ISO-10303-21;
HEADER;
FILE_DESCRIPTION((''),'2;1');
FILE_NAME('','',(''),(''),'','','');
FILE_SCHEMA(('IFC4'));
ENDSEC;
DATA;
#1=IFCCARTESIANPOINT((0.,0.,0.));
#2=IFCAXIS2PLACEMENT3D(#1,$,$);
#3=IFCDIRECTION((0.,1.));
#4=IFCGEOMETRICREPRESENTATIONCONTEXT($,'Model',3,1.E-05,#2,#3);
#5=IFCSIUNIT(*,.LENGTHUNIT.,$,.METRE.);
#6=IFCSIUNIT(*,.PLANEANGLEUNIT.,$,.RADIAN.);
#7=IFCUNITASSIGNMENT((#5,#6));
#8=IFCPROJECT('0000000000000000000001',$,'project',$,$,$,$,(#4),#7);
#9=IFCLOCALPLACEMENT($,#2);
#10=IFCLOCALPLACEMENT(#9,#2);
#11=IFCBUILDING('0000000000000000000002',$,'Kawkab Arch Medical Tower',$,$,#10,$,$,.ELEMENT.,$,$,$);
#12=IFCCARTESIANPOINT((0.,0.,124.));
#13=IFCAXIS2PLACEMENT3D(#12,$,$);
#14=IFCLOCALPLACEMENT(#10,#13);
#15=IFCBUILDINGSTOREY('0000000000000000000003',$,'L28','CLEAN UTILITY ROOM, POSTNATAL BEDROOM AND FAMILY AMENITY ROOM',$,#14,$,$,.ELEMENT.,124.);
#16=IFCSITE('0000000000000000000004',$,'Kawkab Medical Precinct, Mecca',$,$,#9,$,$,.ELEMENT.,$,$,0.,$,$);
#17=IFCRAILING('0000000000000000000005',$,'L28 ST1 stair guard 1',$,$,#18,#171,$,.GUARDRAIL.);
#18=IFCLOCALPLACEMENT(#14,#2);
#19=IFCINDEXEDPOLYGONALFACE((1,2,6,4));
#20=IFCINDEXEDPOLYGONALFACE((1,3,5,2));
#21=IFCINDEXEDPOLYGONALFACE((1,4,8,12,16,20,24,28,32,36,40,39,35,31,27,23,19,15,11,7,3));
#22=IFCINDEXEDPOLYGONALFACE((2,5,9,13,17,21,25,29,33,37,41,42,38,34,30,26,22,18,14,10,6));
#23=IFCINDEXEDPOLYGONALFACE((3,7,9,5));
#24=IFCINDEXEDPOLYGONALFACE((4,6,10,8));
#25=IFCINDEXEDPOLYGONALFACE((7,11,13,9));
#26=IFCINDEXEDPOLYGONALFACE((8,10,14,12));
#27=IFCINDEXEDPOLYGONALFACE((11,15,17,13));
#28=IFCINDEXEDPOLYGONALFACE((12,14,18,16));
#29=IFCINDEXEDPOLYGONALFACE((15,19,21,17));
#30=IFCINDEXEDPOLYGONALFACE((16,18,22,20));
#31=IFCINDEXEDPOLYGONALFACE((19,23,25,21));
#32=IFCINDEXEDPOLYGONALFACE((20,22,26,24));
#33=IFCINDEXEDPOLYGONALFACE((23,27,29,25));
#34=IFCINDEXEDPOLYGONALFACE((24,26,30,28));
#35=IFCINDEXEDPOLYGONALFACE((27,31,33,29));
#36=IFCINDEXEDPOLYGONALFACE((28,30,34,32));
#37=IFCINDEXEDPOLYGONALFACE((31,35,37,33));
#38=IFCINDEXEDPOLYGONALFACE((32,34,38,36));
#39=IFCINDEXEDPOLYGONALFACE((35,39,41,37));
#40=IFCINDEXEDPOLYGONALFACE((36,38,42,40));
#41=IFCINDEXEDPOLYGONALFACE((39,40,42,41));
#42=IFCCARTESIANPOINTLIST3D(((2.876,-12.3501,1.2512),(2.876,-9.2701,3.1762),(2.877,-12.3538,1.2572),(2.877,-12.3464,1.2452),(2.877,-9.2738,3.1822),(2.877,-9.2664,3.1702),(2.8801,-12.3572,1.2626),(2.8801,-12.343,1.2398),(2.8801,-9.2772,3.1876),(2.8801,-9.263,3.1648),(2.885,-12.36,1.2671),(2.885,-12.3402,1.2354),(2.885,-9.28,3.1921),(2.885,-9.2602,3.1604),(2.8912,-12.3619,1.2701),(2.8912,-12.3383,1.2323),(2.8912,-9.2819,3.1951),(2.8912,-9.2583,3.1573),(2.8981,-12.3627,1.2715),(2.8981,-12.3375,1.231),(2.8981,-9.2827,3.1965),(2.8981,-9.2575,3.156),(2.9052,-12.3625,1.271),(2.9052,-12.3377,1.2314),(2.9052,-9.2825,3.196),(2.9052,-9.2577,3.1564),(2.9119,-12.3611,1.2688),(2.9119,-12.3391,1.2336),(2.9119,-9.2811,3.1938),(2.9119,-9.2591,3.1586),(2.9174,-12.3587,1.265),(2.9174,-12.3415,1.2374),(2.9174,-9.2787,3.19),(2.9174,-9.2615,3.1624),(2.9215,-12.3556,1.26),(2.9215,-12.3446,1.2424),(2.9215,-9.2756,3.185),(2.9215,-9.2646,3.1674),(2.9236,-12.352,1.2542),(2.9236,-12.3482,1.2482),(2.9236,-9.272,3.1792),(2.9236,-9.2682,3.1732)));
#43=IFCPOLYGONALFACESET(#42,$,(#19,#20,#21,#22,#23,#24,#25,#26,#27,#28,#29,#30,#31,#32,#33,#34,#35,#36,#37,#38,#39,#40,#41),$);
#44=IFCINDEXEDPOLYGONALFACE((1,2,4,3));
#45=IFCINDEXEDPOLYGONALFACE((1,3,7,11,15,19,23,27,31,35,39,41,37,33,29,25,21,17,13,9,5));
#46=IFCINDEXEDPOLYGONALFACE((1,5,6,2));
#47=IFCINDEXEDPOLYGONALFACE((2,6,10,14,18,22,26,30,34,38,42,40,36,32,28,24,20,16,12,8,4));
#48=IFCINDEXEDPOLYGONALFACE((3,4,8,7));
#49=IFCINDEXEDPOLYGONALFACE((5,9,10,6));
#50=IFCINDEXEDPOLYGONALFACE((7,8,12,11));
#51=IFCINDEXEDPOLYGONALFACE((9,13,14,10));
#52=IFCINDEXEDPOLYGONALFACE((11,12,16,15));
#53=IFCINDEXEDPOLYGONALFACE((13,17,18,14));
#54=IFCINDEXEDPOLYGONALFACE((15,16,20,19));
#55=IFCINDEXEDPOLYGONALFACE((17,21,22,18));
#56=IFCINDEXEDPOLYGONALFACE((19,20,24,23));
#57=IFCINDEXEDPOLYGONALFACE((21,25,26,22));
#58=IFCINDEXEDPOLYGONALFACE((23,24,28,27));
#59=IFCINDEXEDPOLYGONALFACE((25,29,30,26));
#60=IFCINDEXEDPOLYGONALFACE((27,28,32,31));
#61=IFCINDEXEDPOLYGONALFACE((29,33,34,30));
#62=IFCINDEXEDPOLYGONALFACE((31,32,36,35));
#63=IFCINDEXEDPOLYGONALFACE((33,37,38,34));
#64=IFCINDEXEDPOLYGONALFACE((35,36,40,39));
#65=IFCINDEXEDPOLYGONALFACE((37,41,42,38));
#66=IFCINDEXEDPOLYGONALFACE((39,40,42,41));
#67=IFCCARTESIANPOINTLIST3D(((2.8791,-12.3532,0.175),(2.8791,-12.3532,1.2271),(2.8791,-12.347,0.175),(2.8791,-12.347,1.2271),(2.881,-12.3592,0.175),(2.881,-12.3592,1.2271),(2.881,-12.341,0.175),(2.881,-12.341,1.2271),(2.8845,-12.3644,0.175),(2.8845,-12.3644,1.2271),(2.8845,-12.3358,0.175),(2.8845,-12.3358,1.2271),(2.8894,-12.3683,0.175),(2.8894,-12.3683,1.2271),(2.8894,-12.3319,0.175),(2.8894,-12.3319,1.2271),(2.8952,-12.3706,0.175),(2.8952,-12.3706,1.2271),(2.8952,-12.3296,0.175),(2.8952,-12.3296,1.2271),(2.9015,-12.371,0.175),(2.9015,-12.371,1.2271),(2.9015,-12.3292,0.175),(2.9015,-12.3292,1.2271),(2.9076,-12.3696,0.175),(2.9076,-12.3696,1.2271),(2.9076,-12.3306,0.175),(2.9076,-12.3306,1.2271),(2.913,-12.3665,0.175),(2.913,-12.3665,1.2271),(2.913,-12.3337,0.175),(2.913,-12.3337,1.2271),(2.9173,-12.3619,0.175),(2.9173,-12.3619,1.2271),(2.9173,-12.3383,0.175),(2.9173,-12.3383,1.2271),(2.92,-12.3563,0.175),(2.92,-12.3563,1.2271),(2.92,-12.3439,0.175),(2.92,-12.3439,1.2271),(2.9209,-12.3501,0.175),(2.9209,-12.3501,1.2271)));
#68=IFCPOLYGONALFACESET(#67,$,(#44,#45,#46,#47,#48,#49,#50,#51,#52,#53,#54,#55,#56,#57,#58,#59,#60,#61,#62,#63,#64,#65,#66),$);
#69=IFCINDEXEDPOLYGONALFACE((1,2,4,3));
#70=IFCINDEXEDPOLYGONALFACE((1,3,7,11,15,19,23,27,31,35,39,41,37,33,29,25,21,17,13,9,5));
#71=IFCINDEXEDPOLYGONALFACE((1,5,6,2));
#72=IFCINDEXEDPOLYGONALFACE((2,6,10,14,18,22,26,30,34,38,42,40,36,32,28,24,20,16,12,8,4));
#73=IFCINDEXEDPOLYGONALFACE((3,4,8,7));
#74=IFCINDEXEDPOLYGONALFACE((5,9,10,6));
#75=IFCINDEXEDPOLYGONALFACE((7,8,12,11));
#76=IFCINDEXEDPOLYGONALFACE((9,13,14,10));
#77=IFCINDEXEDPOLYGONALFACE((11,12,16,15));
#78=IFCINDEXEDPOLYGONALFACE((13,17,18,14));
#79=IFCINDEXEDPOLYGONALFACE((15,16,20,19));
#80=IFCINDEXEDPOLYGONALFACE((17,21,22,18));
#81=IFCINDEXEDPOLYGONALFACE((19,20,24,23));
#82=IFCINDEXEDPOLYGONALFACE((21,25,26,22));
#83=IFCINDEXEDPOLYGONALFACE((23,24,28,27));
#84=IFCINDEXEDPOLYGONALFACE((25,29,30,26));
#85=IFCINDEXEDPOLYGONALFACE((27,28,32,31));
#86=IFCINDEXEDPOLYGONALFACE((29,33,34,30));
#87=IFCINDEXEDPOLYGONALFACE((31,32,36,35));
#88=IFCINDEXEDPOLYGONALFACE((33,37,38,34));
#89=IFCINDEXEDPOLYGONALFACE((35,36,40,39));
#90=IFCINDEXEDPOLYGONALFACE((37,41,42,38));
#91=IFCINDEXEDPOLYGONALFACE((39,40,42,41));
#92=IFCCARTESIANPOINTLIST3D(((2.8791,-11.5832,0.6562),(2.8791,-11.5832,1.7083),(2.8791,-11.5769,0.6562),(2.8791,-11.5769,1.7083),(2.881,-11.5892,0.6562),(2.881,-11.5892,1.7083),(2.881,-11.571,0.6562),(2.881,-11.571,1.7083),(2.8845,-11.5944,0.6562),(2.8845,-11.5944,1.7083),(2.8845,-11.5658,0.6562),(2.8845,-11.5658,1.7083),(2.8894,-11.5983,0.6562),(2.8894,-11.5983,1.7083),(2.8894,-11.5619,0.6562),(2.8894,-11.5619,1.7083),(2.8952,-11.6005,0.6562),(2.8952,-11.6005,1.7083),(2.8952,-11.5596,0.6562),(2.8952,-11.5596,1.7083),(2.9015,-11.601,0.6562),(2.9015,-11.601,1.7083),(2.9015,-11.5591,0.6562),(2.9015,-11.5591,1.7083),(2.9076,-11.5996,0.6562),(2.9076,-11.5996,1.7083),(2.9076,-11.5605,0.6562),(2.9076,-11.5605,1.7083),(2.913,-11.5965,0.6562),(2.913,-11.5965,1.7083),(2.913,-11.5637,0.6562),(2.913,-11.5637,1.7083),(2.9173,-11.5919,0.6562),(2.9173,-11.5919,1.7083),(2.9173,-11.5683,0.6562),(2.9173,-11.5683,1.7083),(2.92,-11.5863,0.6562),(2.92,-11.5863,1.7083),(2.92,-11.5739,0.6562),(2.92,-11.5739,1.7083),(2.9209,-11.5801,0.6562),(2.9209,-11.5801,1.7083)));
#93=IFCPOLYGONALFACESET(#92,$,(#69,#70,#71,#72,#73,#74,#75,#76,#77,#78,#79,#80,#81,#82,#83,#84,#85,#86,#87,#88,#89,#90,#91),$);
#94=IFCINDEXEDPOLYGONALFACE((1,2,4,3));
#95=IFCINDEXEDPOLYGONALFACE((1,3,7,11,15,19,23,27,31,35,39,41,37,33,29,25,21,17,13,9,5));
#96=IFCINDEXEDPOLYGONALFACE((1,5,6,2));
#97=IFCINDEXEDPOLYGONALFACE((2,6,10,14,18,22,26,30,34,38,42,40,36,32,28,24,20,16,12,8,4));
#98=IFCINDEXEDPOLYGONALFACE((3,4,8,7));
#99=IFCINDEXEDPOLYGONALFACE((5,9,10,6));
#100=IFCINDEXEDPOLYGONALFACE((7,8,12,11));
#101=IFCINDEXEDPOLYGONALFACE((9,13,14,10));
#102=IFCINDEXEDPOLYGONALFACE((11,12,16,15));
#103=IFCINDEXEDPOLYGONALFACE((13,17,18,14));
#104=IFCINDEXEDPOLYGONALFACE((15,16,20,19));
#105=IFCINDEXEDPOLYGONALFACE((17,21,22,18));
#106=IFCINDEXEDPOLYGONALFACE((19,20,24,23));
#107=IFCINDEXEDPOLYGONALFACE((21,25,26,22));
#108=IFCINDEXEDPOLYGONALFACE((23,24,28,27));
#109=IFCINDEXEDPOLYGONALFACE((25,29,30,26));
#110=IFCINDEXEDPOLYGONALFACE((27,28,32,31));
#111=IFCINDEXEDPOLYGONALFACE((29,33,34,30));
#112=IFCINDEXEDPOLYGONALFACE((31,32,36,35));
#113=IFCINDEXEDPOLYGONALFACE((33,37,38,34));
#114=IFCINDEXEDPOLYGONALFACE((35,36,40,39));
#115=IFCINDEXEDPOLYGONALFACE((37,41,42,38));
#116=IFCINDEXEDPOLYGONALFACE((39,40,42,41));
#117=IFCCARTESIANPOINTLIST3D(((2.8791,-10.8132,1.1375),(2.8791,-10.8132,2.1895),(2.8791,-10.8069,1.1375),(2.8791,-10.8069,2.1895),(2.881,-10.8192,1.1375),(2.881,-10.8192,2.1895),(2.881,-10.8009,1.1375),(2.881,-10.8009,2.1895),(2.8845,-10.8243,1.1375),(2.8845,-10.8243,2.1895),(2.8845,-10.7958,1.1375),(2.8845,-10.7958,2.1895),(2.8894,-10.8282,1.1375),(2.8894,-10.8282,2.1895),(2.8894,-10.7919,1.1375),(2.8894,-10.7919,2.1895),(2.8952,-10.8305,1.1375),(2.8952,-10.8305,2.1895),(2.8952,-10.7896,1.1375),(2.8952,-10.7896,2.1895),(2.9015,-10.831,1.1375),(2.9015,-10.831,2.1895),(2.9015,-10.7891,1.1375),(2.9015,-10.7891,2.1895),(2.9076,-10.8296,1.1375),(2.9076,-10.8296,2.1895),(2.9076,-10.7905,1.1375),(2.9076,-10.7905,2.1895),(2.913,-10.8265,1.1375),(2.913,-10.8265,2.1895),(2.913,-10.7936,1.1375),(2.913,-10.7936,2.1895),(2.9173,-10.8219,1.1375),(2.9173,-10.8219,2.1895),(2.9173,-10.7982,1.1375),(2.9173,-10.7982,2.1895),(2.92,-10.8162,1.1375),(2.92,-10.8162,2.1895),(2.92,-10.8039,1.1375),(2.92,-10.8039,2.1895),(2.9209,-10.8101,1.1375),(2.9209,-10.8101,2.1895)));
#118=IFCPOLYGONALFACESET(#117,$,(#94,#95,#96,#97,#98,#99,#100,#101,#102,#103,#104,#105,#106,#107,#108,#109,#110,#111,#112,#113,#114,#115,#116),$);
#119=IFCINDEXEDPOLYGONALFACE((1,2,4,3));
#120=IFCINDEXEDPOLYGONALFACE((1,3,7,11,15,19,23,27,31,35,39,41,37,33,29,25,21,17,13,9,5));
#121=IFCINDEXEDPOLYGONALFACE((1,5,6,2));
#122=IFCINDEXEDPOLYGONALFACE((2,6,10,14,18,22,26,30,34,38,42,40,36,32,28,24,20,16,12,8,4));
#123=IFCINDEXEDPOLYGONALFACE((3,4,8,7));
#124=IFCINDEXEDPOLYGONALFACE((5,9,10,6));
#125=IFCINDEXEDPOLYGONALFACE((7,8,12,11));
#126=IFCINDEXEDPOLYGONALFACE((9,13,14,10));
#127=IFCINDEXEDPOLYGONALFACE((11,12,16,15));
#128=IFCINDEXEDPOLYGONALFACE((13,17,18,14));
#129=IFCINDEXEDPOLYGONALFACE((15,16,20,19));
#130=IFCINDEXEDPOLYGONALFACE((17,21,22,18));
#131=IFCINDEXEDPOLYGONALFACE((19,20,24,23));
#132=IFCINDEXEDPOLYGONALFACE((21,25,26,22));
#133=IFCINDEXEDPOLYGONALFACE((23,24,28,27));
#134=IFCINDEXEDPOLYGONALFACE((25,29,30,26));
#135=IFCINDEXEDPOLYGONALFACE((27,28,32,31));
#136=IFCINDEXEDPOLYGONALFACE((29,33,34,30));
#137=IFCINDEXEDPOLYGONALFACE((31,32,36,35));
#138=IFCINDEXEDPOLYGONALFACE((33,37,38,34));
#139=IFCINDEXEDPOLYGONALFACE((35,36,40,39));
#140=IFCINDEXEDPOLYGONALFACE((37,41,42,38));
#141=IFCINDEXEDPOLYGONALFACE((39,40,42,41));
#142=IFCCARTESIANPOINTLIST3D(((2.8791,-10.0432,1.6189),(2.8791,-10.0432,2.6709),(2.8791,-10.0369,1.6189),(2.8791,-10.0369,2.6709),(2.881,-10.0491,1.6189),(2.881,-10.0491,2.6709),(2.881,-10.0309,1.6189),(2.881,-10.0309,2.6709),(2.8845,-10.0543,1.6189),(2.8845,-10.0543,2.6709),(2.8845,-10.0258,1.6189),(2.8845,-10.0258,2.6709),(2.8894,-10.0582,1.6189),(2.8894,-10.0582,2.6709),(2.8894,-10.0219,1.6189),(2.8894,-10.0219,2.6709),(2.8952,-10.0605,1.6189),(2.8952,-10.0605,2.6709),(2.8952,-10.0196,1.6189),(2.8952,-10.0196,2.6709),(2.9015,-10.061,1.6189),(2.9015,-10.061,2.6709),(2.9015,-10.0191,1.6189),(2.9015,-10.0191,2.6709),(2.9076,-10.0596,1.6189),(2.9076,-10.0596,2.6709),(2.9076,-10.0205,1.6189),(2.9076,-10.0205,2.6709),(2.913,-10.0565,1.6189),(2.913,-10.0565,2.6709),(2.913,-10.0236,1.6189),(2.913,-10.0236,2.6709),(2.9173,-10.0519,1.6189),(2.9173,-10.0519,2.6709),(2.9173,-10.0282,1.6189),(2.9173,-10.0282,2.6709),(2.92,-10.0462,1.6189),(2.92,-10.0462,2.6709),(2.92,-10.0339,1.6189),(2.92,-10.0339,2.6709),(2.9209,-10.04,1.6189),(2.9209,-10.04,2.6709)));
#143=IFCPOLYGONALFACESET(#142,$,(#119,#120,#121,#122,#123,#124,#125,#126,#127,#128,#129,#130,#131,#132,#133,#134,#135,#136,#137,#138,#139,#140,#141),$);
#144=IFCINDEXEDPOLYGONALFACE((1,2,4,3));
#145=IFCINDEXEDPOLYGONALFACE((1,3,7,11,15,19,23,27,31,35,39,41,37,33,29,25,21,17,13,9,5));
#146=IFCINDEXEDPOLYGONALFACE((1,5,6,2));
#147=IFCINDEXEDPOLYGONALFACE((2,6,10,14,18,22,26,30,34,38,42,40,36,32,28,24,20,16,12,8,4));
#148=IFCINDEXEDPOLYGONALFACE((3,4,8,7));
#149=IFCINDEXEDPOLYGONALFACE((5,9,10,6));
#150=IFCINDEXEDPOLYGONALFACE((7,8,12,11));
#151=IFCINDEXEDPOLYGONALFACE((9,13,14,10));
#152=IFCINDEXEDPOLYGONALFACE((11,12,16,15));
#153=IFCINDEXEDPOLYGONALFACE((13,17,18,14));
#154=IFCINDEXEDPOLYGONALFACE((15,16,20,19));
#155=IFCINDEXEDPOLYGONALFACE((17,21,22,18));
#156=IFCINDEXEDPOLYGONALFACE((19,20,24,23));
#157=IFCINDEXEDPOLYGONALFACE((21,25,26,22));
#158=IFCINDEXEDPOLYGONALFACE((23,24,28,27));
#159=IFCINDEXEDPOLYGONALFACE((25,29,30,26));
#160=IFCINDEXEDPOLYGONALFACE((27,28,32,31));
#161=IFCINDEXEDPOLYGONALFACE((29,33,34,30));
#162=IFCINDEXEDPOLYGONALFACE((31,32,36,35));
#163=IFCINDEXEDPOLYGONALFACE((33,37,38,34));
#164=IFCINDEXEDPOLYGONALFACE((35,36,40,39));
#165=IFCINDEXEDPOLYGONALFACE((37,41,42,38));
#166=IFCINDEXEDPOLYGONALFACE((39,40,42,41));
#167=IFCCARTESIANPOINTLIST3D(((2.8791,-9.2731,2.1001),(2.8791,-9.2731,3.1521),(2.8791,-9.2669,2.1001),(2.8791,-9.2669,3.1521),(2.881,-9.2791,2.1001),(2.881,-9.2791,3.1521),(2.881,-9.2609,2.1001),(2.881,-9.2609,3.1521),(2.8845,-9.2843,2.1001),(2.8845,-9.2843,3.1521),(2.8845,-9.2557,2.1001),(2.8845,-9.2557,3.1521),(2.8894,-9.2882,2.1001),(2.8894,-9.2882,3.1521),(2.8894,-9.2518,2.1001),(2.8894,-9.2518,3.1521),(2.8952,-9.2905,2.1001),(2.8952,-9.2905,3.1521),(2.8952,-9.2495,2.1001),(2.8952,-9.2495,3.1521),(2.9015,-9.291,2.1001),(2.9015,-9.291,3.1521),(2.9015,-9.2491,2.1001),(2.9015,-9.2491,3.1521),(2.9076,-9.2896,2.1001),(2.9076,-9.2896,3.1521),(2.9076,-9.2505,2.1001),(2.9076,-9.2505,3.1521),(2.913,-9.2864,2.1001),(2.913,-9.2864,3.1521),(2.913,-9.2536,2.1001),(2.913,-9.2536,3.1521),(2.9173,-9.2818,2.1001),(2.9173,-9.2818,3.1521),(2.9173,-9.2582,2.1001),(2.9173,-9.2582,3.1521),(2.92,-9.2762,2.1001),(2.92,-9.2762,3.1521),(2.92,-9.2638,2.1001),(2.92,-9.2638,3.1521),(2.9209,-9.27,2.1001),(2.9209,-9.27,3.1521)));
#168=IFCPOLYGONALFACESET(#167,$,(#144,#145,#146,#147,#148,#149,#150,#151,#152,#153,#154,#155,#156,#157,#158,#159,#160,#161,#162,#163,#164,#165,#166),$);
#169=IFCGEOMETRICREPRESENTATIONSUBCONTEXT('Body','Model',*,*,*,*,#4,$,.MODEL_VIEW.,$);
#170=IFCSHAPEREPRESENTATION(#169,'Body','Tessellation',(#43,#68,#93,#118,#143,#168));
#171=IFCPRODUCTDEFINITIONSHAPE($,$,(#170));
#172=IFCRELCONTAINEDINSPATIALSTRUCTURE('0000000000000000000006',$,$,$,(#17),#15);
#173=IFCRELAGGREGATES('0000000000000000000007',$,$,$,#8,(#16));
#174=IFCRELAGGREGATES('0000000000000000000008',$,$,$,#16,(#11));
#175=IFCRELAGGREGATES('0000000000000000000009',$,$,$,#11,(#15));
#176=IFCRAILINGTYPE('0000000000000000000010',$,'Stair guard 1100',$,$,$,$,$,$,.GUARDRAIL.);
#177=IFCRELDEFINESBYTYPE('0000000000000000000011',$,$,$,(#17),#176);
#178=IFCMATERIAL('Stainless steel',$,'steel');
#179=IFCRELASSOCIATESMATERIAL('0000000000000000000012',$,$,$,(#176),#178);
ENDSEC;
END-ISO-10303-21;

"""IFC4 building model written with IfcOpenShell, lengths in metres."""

from ifc_helpers import new_model, si_unit, direction, frame, origin, origin_2d, place, context, subcontext, project, spatial, circle, extrude, material, type_object, element, save


model = new_model("IFC4")

# Units and contexts
model_context = context("Model", 3, precision=1e-05, world=origin(), true_north=direction((0.0, 1.0)))
body_context = subcontext(model_context, "Body", "Model", "MODEL_VIEW")
ifc_project = project(units=[si_unit("LENGTHUNIT", "METRE"), si_unit("PLANEANGLEUNIT", "RADIAN")], contexts=[model_context])

# Site, building, storey
site_placement = place(None, origin())
site = spatial("IfcSite", under=ifc_project, at=site_placement, Name="Kawkab Medical Precinct, Mecca", CompositionType="ELEMENT", RefElevation=0.0)
building_placement = place(site_placement, origin())
building = spatial("IfcBuilding", under=site, at=building_placement, Name="Kawkab Arch Medical Tower", CompositionType="ELEMENT")
storey_placement = place(building_placement, frame((0.0, 0.0, 124.0)))
storey = spatial("IfcBuildingStorey", under=building, at=storey_placement, Name="L28", Description="CLEAN UTILITY ROOM, POSTNATAL BEDROOM AND FAMILY AMENITY ROOM", CompositionType="ELEMENT", Elevation=124.0)

# Railing
ifc_material_1 = material(Name="Stainless steel", Category="steel")
railing_type_1 = type_object("IfcRailingType", Name="Stair guard 1100", PredefinedType="GUARDRAIL", material=ifc_material_1)
railing_1_placement = place(storey_placement, frame((2.8999, -12.3501, 0.175)))
element("IfcRailing", 1, at=railing_1_placement, inside=storey, type_object=railing_type_1, Name="L28 ST1 stair guard 1", PredefinedType="GUARDRAIL", context=body_context, shape_type="SweptSolid", body=[
    extrude(circle(Radius=0.0239, at=origin_2d()), frame((0.0, 0.0, 1.0762), z_axis=(0.0, 0.847998, 0.529999), x_axis=(-1.0, 0.0, 0.0)), (0.0, 0.0, 1.0), 3.6321),
    extrude(circle(Radius=0.021, at=origin_2d()), origin(), (0.0, 0.0, 1.0), 1.052),
    extrude(circle(Radius=0.021, at=origin_2d()), frame((0.0, 0.77, 0.4812)), (0.0, 0.0, 1.0), 1.052),
    extrude(circle(Radius=0.021, at=origin_2d()), frame((0.0, 1.54, 0.9624)), (0.0, 0.0, 1.0), 1.052),
    extrude(circle(Radius=0.021, at=origin_2d()), frame((0.0, 2.3101, 1.4438)), (0.0, 0.0, 1.0), 1.052),
    extrude(circle(Radius=0.021, at=origin_2d()), frame((0.0, 3.0801, 1.925)), (0.0, 0.0, 1.0), 1.052),
])

save(model, "model.ifc")
